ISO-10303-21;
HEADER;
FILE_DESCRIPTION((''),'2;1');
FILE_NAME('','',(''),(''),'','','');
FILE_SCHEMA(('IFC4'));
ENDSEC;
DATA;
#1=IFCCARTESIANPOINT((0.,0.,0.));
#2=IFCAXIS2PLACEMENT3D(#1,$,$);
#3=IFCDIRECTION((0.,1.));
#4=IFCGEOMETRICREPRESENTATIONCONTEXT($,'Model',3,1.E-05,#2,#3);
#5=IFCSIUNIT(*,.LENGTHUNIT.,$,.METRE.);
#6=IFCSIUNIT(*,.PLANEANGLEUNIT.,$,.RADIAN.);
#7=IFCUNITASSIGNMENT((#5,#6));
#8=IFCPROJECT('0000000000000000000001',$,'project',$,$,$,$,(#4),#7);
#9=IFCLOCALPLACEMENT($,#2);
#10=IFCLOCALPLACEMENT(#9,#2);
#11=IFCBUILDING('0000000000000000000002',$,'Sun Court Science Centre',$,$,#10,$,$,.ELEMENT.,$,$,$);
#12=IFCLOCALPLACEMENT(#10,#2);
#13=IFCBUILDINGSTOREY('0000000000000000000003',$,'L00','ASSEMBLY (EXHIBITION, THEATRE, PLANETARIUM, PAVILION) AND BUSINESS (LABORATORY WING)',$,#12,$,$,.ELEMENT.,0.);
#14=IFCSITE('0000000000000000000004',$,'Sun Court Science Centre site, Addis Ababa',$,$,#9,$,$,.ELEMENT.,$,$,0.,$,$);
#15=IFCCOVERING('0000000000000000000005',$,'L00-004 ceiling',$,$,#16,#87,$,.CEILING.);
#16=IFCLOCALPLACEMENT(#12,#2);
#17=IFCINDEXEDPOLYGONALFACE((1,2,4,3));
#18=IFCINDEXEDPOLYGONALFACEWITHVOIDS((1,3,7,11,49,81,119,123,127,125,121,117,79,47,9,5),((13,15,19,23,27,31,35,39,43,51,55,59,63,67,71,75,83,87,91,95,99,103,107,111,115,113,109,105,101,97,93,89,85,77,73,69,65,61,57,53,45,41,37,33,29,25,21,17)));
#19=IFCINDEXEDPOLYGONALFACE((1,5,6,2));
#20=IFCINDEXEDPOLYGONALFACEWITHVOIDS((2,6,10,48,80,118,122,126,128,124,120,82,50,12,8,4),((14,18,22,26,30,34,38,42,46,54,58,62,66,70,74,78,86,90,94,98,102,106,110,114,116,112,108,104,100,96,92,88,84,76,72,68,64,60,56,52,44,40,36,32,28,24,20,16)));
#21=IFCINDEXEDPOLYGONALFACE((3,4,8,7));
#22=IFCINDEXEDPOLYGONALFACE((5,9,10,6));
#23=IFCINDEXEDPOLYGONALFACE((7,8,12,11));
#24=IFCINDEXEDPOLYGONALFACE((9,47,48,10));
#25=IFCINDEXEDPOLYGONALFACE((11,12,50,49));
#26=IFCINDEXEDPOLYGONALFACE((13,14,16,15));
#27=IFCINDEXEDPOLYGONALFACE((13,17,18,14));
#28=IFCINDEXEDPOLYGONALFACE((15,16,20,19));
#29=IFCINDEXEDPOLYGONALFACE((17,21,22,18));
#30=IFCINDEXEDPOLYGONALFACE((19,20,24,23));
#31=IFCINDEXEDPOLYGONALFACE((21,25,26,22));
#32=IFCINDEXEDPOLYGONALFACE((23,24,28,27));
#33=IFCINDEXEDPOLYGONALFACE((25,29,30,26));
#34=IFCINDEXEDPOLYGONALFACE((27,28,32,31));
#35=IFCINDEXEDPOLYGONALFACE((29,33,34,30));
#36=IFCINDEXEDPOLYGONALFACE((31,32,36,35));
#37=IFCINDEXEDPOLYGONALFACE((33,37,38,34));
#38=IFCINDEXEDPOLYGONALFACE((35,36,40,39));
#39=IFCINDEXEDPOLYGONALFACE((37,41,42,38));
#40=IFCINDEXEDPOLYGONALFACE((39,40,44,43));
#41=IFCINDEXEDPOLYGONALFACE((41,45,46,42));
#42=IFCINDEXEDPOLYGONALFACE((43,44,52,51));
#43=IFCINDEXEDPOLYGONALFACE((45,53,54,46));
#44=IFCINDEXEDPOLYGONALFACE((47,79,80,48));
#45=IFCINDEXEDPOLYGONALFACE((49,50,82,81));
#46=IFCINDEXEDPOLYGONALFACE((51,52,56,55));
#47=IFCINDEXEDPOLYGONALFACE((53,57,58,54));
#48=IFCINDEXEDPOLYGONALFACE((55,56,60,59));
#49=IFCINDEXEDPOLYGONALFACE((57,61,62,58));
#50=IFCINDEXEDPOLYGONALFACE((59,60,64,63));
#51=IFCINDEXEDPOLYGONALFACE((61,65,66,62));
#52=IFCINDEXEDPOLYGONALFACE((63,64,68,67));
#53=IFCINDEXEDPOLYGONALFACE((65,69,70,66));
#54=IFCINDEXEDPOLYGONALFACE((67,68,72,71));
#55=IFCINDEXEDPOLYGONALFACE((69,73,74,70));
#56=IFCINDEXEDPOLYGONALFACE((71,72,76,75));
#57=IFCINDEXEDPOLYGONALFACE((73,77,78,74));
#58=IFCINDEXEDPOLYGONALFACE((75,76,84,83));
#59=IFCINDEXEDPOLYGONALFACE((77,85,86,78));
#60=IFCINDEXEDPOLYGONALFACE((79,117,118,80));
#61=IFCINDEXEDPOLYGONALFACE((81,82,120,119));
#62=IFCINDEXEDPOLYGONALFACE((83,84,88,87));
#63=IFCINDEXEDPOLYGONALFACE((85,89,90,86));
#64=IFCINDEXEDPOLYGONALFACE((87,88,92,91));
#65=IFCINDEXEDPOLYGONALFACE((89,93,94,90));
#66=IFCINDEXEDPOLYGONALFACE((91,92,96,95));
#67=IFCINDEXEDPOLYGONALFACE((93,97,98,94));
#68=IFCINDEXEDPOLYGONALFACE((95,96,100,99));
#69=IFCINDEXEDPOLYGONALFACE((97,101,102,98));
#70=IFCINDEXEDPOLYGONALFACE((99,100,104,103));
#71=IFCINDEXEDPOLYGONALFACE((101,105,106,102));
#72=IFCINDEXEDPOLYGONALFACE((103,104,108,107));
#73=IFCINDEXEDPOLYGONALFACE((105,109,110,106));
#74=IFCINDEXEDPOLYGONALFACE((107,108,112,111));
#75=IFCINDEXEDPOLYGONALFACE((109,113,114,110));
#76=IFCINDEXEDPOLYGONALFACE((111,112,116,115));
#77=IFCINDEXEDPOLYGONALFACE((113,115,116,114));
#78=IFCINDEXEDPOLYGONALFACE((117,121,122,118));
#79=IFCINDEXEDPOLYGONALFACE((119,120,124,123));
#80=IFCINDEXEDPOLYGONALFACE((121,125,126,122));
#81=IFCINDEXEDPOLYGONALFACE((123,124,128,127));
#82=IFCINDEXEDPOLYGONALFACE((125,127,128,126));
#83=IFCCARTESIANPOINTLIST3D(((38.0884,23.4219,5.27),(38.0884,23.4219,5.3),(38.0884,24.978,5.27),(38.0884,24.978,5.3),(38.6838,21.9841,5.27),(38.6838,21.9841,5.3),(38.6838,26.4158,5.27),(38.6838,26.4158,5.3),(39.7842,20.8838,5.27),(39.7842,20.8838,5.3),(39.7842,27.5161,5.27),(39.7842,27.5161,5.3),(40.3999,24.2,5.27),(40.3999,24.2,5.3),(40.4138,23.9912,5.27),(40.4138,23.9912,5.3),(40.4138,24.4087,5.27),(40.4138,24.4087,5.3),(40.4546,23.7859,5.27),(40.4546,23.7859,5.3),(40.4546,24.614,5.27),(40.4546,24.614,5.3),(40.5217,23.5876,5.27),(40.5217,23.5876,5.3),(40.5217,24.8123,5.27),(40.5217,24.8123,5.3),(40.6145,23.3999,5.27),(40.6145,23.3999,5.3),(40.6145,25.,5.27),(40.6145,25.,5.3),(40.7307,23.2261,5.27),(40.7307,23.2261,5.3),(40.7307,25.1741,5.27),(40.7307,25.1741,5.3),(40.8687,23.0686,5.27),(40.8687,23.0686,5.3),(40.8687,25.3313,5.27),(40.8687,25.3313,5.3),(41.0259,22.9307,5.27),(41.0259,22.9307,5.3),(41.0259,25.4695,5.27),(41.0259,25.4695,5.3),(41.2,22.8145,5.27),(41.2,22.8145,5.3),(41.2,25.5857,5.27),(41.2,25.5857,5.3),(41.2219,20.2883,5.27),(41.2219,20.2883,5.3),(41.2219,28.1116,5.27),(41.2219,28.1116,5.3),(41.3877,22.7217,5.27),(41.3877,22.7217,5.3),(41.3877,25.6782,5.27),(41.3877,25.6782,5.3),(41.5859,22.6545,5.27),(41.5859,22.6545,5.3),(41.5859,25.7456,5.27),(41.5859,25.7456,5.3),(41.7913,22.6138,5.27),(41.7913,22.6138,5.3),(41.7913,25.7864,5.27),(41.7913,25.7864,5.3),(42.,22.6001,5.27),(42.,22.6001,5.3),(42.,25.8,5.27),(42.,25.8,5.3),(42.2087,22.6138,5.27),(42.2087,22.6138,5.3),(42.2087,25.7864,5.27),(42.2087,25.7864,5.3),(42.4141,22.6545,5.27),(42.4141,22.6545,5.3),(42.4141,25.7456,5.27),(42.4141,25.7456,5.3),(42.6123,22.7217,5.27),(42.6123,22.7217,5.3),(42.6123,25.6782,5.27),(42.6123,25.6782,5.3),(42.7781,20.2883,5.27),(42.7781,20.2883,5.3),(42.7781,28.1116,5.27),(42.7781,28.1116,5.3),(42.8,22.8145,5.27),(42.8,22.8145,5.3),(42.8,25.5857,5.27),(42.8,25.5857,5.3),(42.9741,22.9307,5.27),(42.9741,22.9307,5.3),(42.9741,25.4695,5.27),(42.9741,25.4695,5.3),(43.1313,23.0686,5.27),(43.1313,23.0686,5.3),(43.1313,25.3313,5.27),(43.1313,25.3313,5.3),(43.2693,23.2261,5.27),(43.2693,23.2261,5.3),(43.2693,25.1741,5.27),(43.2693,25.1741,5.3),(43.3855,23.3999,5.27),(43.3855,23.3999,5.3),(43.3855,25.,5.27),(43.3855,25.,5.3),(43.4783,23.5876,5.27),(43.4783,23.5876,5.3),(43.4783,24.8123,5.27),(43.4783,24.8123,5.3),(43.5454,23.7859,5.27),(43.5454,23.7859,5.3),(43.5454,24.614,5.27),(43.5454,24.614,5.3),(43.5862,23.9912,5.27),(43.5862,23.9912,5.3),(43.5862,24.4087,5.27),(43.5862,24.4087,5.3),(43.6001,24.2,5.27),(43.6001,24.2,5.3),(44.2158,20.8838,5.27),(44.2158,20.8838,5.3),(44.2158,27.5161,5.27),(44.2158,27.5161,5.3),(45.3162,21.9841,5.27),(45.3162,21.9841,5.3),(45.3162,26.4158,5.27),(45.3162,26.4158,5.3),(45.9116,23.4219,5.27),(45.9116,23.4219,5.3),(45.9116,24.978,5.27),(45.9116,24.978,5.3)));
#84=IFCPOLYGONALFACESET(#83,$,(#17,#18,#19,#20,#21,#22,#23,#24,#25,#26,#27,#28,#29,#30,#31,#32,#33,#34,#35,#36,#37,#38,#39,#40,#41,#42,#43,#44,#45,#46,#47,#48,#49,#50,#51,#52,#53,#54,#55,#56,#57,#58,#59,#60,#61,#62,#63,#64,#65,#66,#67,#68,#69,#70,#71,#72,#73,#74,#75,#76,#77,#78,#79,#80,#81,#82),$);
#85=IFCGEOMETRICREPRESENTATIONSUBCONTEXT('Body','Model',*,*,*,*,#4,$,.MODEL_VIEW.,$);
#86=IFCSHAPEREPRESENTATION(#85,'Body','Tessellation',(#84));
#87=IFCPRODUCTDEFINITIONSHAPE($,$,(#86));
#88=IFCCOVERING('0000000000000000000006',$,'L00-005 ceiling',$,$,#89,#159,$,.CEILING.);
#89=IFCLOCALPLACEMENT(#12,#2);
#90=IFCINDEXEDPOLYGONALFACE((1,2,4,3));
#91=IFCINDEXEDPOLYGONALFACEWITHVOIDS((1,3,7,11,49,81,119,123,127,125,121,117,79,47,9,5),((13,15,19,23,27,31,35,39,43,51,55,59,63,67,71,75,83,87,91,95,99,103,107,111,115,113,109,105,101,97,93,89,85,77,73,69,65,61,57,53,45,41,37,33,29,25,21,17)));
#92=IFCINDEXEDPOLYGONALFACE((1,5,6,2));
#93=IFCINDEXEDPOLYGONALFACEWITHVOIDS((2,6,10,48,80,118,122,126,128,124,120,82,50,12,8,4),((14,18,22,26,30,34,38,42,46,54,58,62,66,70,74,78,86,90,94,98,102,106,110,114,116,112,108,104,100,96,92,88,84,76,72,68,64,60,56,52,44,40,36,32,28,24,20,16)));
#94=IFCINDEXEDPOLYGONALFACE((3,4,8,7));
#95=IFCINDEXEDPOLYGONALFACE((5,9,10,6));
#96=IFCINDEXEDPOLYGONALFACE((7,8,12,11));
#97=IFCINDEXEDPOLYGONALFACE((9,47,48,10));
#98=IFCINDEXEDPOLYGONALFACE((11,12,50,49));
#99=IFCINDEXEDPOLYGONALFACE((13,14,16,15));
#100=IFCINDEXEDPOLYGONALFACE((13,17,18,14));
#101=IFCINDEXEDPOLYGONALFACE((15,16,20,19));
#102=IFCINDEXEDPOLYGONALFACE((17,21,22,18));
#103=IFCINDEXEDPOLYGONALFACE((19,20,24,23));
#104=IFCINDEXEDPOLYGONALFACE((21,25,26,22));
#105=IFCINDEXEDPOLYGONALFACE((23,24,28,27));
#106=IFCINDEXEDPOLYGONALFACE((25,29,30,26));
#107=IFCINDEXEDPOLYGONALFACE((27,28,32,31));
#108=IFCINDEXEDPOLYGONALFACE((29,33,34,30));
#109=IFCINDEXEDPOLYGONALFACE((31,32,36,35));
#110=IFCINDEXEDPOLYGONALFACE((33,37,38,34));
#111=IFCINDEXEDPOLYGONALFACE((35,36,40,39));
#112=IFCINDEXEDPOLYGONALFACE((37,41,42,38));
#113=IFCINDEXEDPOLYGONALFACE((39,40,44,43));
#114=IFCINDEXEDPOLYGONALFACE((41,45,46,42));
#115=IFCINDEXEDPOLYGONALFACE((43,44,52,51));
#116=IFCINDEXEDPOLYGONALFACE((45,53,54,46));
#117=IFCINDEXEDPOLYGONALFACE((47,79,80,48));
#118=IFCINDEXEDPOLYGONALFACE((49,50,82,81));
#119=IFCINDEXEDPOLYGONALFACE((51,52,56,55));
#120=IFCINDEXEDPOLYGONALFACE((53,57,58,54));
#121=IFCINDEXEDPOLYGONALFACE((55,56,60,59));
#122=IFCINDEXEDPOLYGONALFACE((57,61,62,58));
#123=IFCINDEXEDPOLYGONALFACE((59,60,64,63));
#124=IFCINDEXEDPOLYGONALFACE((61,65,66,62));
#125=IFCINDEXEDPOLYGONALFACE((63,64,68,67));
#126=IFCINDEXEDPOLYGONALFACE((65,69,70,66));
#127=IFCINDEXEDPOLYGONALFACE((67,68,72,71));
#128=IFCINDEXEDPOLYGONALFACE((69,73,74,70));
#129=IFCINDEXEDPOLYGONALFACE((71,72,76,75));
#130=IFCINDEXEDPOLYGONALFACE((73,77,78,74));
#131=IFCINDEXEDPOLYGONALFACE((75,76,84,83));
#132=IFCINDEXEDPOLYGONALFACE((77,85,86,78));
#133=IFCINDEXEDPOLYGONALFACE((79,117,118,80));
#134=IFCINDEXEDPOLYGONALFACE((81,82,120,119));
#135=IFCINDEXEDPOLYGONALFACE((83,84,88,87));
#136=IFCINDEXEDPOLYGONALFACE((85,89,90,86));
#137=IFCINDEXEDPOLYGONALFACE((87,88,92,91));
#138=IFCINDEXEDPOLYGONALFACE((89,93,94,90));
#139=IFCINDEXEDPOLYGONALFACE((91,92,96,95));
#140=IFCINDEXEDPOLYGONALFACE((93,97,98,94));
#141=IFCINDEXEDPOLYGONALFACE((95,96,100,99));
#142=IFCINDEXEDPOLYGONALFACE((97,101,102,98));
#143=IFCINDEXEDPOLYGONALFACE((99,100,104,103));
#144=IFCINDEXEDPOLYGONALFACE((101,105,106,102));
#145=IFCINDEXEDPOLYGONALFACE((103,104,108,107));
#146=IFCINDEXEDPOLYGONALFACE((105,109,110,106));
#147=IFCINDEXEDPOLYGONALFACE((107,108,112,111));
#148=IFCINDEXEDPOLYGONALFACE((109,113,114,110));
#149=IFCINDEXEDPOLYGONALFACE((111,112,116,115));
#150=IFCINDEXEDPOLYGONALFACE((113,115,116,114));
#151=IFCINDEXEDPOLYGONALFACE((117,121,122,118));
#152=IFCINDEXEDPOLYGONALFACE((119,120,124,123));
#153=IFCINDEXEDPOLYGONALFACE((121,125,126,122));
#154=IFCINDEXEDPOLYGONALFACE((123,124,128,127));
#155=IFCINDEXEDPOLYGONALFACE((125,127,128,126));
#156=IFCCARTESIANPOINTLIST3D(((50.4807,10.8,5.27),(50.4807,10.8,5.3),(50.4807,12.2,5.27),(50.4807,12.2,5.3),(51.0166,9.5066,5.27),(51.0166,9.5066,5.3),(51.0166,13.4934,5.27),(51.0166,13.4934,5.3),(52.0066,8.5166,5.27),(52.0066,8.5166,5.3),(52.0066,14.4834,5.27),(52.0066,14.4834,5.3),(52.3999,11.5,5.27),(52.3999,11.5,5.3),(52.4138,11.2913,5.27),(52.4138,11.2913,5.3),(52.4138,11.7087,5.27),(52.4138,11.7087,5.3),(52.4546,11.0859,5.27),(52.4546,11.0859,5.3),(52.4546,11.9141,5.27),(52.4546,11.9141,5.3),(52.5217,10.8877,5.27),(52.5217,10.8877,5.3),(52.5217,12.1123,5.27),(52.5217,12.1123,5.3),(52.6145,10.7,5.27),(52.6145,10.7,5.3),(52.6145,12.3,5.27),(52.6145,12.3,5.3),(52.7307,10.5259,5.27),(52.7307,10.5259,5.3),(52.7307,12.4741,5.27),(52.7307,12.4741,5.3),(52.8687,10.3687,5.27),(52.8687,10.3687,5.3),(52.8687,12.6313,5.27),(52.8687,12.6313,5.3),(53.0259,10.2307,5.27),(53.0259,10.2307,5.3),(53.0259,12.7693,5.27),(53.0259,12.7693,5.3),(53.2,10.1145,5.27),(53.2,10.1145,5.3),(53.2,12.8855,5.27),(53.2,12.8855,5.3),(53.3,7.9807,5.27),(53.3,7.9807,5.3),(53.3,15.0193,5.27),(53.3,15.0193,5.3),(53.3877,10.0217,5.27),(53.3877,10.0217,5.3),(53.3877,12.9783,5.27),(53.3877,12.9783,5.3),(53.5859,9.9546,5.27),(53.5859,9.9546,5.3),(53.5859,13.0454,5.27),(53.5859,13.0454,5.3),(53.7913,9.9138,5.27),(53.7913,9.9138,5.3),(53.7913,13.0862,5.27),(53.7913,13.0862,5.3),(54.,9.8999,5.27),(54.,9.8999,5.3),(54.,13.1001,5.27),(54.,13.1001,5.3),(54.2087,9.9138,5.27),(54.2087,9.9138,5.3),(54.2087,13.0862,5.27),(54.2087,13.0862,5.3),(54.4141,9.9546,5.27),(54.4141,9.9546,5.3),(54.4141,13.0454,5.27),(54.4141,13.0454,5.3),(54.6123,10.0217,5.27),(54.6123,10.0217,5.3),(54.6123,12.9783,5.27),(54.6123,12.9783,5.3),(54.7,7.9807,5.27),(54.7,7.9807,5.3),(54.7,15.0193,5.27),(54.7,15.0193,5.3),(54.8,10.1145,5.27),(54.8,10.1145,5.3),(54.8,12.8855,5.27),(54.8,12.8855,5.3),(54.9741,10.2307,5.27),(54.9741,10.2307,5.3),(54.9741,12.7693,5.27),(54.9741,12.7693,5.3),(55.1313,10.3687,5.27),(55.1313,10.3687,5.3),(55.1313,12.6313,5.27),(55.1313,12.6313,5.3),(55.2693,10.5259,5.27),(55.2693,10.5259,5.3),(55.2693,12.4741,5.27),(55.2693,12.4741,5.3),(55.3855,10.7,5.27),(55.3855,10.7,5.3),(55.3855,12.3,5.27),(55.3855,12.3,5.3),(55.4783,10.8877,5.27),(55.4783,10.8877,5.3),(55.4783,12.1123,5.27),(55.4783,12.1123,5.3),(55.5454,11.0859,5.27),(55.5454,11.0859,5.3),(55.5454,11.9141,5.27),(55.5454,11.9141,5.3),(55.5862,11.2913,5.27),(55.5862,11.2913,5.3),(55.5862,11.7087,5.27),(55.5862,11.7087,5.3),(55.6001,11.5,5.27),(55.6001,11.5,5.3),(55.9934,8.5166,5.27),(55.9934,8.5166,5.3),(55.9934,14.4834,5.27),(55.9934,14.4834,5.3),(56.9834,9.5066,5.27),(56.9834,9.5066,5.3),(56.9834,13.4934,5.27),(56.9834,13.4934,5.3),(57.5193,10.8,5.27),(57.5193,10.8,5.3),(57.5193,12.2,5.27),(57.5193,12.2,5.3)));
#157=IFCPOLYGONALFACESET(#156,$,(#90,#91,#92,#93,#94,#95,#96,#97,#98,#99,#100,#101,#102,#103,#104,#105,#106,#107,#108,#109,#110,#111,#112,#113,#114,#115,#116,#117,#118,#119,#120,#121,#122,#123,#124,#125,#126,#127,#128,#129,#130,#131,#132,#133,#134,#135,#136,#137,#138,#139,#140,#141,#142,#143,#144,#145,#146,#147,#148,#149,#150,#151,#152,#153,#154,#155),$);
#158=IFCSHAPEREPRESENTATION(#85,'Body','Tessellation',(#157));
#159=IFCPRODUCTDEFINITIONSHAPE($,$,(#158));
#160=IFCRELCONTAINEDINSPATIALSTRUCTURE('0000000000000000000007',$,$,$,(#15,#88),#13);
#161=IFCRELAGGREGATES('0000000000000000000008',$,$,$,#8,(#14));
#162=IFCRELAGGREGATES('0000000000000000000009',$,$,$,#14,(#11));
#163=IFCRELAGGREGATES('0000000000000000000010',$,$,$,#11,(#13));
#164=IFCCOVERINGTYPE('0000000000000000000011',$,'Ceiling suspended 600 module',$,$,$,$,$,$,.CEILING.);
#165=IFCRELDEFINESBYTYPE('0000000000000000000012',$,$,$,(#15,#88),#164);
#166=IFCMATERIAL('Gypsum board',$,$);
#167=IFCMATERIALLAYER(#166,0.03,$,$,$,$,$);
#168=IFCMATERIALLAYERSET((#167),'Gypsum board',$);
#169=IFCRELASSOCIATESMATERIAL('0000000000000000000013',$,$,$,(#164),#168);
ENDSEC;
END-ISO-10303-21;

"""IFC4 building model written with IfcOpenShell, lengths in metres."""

from ifc_helpers import new_model, si_unit, direction, frame, origin, place, context, subcontext, project, spatial, polyline, outline, extrude, material, layer, layer_set, type_object, element, save


model = new_model("IFC4")

# Units and contexts
model_context = context("Model", 3, precision=1e-05, world=origin(), true_north=direction((0.0, 1.0)))
body_context = subcontext(model_context, "Body", "Model", "MODEL_VIEW")
ifc_project = project(units=[si_unit("LENGTHUNIT", "METRE"), si_unit("PLANEANGLEUNIT", "RADIAN")], contexts=[model_context])

# Site, building, storey
site_placement = place(None, origin())
site = spatial("IfcSite", under=ifc_project, at=site_placement, Name="Sun Court Science Centre site, Addis Ababa", CompositionType="ELEMENT", RefElevation=0.0)
building_placement = place(site_placement, origin())
building = spatial("IfcBuilding", under=site, at=building_placement, Name="Sun Court Science Centre", CompositionType="ELEMENT")
storey_placement = place(building_placement, origin())
storey = spatial("IfcBuildingStorey", under=building, at=storey_placement, Name="L00", Description="ASSEMBLY (EXHIBITION, THEATRE, PLANETARIUM, PAVILION) AND BUSINESS (LABORATORY WING)", CompositionType="ELEMENT", Elevation=0.0)

# Coverings
ifc_material_1 = material(Name="Gypsum board")
ifc_layer_1 = layer(ifc_material_1, 0.03)
ifc_layer_set_1 = layer_set([ifc_layer_1], Name="Gypsum board")
covering_type = type_object("IfcCoveringType", Name="Ceiling suspended 600 module", PredefinedType="CEILING", material=ifc_layer_set_1)
covering_1_placement = place(storey_placement, frame((0.0, 0.0, 5.27)))
element("IfcCovering", 1, at=covering_1_placement, inside=storey, type_object=covering_type, Name="L00-004 ceiling", PredefinedType="CEILING", context=body_context, shape_type="SweptSolid", body=[
    extrude(outline(polyline([(45.3162, 21.9841), (44.2158, 20.8838), (42.7781, 20.2883), (41.2219, 20.2883), (39.7842, 20.8838), (38.6838, 21.9841), (38.0884, 23.4219), (38.0884, 24.978), (38.6838, 26.4158), (39.7842, 27.5161), (41.2219, 28.1116), (42.7781, 28.1116), (44.2158, 27.5161), (45.3162, 26.4158), (45.9116, 24.978), (45.9116, 23.4219), (45.3162, 21.9841)]), holes=[polyline([(43.4783, 24.8123), (43.3855, 25.0), (43.2693, 25.1741), (43.1313, 25.3313), (42.9741, 25.4695), (42.8, 25.5857), (42.6123, 25.6782), (42.4141, 25.7456), (42.2087, 25.7864), (42.0, 25.8), (41.7913, 25.7864), (41.5859, 25.7456), (41.3877, 25.6782), (41.2, 25.5857), (41.0259, 25.4695), (40.8687, 25.3313), (40.7307, 25.1741), (40.6145, 25.0), (40.5217, 24.8123), (40.4546, 24.614), (40.4138, 24.4087), (40.3999, 24.2), (40.4138, 23.9912), (40.4546, 23.7859), (40.5217, 23.5876), (40.6145, 23.3999), (40.7307, 23.2261), (40.8687, 23.0686), (41.0259, 22.9307), (41.2, 22.8145), (41.3877, 22.7217), (41.5859, 22.6545), (41.7913, 22.6138), (42.0, 22.6001), (42.2087, 22.6138), (42.4141, 22.6545), (42.6123, 22.7217), (42.8, 22.8145), (42.9741, 22.9307), (43.1313, 23.0686), (43.2693, 23.2261), (43.3855, 23.3999), (43.4783, 23.5876), (43.5454, 23.7859), (43.5862, 23.9912), (43.6001, 24.2), (43.5862, 24.4087), (43.5454, 24.614), (43.4783, 24.8123)])]), origin(), (0.0, 0.0, 1.0), 0.03),
])
covering_2_placement = place(storey_placement, frame((0.0, 0.0, 5.27)))
element("IfcCovering", 2, at=covering_2_placement, inside=storey, type_object=covering_type, Name="L00-005 ceiling", PredefinedType="CEILING", context=body_context, shape_type="SweptSolid", body=[
    extrude(outline(polyline([(56.9834, 9.5066), (55.9934, 8.5166), (54.7, 7.9807), (53.3, 7.9807), (52.0066, 8.5166), (51.0166, 9.5066), (50.4807, 10.8), (50.4807, 12.2), (51.0166, 13.4934), (52.0066, 14.4834), (53.3, 15.0193), (54.7, 15.0193), (55.9934, 14.4834), (56.9834, 13.4934), (57.5193, 12.2), (57.5193, 10.8), (56.9834, 9.5066)]), holes=[polyline([(55.4783, 12.1123), (55.3855, 12.3), (55.2693, 12.4741), (55.1313, 12.6313), (54.9741, 12.7693), (54.8, 12.8855), (54.6123, 12.9783), (54.4141, 13.0454), (54.2087, 13.0862), (54.0, 13.1001), (53.7913, 13.0862), (53.5859, 13.0454), (53.3877, 12.9783), (53.2, 12.8855), (53.0259, 12.7693), (52.8687, 12.6313), (52.7307, 12.4741), (52.6145, 12.3), (52.5217, 12.1123), (52.4546, 11.9141), (52.4138, 11.7087), (52.3999, 11.5), (52.4138, 11.2913), (52.4546, 11.0859), (52.5217, 10.8877), (52.6145, 10.7), (52.7307, 10.5259), (52.8687, 10.3687), (53.0259, 10.2307), (53.2, 10.1145), (53.3877, 10.0217), (53.5859, 9.9546), (53.7913, 9.9138), (54.0, 9.8999), (54.2087, 9.9138), (54.4141, 9.9546), (54.6123, 10.0217), (54.8, 10.1145), (54.9741, 10.2307), (55.1313, 10.3687), (55.2693, 10.5259), (55.3855, 10.7), (55.4783, 10.8877), (55.5454, 11.0859), (55.5862, 11.2913), (55.6001, 11.5), (55.5862, 11.7087), (55.5454, 11.9141), (55.4783, 12.1123)])]), origin(), (0.0, 0.0, 1.0), 0.03),
])

save(model, "model.ifc")
